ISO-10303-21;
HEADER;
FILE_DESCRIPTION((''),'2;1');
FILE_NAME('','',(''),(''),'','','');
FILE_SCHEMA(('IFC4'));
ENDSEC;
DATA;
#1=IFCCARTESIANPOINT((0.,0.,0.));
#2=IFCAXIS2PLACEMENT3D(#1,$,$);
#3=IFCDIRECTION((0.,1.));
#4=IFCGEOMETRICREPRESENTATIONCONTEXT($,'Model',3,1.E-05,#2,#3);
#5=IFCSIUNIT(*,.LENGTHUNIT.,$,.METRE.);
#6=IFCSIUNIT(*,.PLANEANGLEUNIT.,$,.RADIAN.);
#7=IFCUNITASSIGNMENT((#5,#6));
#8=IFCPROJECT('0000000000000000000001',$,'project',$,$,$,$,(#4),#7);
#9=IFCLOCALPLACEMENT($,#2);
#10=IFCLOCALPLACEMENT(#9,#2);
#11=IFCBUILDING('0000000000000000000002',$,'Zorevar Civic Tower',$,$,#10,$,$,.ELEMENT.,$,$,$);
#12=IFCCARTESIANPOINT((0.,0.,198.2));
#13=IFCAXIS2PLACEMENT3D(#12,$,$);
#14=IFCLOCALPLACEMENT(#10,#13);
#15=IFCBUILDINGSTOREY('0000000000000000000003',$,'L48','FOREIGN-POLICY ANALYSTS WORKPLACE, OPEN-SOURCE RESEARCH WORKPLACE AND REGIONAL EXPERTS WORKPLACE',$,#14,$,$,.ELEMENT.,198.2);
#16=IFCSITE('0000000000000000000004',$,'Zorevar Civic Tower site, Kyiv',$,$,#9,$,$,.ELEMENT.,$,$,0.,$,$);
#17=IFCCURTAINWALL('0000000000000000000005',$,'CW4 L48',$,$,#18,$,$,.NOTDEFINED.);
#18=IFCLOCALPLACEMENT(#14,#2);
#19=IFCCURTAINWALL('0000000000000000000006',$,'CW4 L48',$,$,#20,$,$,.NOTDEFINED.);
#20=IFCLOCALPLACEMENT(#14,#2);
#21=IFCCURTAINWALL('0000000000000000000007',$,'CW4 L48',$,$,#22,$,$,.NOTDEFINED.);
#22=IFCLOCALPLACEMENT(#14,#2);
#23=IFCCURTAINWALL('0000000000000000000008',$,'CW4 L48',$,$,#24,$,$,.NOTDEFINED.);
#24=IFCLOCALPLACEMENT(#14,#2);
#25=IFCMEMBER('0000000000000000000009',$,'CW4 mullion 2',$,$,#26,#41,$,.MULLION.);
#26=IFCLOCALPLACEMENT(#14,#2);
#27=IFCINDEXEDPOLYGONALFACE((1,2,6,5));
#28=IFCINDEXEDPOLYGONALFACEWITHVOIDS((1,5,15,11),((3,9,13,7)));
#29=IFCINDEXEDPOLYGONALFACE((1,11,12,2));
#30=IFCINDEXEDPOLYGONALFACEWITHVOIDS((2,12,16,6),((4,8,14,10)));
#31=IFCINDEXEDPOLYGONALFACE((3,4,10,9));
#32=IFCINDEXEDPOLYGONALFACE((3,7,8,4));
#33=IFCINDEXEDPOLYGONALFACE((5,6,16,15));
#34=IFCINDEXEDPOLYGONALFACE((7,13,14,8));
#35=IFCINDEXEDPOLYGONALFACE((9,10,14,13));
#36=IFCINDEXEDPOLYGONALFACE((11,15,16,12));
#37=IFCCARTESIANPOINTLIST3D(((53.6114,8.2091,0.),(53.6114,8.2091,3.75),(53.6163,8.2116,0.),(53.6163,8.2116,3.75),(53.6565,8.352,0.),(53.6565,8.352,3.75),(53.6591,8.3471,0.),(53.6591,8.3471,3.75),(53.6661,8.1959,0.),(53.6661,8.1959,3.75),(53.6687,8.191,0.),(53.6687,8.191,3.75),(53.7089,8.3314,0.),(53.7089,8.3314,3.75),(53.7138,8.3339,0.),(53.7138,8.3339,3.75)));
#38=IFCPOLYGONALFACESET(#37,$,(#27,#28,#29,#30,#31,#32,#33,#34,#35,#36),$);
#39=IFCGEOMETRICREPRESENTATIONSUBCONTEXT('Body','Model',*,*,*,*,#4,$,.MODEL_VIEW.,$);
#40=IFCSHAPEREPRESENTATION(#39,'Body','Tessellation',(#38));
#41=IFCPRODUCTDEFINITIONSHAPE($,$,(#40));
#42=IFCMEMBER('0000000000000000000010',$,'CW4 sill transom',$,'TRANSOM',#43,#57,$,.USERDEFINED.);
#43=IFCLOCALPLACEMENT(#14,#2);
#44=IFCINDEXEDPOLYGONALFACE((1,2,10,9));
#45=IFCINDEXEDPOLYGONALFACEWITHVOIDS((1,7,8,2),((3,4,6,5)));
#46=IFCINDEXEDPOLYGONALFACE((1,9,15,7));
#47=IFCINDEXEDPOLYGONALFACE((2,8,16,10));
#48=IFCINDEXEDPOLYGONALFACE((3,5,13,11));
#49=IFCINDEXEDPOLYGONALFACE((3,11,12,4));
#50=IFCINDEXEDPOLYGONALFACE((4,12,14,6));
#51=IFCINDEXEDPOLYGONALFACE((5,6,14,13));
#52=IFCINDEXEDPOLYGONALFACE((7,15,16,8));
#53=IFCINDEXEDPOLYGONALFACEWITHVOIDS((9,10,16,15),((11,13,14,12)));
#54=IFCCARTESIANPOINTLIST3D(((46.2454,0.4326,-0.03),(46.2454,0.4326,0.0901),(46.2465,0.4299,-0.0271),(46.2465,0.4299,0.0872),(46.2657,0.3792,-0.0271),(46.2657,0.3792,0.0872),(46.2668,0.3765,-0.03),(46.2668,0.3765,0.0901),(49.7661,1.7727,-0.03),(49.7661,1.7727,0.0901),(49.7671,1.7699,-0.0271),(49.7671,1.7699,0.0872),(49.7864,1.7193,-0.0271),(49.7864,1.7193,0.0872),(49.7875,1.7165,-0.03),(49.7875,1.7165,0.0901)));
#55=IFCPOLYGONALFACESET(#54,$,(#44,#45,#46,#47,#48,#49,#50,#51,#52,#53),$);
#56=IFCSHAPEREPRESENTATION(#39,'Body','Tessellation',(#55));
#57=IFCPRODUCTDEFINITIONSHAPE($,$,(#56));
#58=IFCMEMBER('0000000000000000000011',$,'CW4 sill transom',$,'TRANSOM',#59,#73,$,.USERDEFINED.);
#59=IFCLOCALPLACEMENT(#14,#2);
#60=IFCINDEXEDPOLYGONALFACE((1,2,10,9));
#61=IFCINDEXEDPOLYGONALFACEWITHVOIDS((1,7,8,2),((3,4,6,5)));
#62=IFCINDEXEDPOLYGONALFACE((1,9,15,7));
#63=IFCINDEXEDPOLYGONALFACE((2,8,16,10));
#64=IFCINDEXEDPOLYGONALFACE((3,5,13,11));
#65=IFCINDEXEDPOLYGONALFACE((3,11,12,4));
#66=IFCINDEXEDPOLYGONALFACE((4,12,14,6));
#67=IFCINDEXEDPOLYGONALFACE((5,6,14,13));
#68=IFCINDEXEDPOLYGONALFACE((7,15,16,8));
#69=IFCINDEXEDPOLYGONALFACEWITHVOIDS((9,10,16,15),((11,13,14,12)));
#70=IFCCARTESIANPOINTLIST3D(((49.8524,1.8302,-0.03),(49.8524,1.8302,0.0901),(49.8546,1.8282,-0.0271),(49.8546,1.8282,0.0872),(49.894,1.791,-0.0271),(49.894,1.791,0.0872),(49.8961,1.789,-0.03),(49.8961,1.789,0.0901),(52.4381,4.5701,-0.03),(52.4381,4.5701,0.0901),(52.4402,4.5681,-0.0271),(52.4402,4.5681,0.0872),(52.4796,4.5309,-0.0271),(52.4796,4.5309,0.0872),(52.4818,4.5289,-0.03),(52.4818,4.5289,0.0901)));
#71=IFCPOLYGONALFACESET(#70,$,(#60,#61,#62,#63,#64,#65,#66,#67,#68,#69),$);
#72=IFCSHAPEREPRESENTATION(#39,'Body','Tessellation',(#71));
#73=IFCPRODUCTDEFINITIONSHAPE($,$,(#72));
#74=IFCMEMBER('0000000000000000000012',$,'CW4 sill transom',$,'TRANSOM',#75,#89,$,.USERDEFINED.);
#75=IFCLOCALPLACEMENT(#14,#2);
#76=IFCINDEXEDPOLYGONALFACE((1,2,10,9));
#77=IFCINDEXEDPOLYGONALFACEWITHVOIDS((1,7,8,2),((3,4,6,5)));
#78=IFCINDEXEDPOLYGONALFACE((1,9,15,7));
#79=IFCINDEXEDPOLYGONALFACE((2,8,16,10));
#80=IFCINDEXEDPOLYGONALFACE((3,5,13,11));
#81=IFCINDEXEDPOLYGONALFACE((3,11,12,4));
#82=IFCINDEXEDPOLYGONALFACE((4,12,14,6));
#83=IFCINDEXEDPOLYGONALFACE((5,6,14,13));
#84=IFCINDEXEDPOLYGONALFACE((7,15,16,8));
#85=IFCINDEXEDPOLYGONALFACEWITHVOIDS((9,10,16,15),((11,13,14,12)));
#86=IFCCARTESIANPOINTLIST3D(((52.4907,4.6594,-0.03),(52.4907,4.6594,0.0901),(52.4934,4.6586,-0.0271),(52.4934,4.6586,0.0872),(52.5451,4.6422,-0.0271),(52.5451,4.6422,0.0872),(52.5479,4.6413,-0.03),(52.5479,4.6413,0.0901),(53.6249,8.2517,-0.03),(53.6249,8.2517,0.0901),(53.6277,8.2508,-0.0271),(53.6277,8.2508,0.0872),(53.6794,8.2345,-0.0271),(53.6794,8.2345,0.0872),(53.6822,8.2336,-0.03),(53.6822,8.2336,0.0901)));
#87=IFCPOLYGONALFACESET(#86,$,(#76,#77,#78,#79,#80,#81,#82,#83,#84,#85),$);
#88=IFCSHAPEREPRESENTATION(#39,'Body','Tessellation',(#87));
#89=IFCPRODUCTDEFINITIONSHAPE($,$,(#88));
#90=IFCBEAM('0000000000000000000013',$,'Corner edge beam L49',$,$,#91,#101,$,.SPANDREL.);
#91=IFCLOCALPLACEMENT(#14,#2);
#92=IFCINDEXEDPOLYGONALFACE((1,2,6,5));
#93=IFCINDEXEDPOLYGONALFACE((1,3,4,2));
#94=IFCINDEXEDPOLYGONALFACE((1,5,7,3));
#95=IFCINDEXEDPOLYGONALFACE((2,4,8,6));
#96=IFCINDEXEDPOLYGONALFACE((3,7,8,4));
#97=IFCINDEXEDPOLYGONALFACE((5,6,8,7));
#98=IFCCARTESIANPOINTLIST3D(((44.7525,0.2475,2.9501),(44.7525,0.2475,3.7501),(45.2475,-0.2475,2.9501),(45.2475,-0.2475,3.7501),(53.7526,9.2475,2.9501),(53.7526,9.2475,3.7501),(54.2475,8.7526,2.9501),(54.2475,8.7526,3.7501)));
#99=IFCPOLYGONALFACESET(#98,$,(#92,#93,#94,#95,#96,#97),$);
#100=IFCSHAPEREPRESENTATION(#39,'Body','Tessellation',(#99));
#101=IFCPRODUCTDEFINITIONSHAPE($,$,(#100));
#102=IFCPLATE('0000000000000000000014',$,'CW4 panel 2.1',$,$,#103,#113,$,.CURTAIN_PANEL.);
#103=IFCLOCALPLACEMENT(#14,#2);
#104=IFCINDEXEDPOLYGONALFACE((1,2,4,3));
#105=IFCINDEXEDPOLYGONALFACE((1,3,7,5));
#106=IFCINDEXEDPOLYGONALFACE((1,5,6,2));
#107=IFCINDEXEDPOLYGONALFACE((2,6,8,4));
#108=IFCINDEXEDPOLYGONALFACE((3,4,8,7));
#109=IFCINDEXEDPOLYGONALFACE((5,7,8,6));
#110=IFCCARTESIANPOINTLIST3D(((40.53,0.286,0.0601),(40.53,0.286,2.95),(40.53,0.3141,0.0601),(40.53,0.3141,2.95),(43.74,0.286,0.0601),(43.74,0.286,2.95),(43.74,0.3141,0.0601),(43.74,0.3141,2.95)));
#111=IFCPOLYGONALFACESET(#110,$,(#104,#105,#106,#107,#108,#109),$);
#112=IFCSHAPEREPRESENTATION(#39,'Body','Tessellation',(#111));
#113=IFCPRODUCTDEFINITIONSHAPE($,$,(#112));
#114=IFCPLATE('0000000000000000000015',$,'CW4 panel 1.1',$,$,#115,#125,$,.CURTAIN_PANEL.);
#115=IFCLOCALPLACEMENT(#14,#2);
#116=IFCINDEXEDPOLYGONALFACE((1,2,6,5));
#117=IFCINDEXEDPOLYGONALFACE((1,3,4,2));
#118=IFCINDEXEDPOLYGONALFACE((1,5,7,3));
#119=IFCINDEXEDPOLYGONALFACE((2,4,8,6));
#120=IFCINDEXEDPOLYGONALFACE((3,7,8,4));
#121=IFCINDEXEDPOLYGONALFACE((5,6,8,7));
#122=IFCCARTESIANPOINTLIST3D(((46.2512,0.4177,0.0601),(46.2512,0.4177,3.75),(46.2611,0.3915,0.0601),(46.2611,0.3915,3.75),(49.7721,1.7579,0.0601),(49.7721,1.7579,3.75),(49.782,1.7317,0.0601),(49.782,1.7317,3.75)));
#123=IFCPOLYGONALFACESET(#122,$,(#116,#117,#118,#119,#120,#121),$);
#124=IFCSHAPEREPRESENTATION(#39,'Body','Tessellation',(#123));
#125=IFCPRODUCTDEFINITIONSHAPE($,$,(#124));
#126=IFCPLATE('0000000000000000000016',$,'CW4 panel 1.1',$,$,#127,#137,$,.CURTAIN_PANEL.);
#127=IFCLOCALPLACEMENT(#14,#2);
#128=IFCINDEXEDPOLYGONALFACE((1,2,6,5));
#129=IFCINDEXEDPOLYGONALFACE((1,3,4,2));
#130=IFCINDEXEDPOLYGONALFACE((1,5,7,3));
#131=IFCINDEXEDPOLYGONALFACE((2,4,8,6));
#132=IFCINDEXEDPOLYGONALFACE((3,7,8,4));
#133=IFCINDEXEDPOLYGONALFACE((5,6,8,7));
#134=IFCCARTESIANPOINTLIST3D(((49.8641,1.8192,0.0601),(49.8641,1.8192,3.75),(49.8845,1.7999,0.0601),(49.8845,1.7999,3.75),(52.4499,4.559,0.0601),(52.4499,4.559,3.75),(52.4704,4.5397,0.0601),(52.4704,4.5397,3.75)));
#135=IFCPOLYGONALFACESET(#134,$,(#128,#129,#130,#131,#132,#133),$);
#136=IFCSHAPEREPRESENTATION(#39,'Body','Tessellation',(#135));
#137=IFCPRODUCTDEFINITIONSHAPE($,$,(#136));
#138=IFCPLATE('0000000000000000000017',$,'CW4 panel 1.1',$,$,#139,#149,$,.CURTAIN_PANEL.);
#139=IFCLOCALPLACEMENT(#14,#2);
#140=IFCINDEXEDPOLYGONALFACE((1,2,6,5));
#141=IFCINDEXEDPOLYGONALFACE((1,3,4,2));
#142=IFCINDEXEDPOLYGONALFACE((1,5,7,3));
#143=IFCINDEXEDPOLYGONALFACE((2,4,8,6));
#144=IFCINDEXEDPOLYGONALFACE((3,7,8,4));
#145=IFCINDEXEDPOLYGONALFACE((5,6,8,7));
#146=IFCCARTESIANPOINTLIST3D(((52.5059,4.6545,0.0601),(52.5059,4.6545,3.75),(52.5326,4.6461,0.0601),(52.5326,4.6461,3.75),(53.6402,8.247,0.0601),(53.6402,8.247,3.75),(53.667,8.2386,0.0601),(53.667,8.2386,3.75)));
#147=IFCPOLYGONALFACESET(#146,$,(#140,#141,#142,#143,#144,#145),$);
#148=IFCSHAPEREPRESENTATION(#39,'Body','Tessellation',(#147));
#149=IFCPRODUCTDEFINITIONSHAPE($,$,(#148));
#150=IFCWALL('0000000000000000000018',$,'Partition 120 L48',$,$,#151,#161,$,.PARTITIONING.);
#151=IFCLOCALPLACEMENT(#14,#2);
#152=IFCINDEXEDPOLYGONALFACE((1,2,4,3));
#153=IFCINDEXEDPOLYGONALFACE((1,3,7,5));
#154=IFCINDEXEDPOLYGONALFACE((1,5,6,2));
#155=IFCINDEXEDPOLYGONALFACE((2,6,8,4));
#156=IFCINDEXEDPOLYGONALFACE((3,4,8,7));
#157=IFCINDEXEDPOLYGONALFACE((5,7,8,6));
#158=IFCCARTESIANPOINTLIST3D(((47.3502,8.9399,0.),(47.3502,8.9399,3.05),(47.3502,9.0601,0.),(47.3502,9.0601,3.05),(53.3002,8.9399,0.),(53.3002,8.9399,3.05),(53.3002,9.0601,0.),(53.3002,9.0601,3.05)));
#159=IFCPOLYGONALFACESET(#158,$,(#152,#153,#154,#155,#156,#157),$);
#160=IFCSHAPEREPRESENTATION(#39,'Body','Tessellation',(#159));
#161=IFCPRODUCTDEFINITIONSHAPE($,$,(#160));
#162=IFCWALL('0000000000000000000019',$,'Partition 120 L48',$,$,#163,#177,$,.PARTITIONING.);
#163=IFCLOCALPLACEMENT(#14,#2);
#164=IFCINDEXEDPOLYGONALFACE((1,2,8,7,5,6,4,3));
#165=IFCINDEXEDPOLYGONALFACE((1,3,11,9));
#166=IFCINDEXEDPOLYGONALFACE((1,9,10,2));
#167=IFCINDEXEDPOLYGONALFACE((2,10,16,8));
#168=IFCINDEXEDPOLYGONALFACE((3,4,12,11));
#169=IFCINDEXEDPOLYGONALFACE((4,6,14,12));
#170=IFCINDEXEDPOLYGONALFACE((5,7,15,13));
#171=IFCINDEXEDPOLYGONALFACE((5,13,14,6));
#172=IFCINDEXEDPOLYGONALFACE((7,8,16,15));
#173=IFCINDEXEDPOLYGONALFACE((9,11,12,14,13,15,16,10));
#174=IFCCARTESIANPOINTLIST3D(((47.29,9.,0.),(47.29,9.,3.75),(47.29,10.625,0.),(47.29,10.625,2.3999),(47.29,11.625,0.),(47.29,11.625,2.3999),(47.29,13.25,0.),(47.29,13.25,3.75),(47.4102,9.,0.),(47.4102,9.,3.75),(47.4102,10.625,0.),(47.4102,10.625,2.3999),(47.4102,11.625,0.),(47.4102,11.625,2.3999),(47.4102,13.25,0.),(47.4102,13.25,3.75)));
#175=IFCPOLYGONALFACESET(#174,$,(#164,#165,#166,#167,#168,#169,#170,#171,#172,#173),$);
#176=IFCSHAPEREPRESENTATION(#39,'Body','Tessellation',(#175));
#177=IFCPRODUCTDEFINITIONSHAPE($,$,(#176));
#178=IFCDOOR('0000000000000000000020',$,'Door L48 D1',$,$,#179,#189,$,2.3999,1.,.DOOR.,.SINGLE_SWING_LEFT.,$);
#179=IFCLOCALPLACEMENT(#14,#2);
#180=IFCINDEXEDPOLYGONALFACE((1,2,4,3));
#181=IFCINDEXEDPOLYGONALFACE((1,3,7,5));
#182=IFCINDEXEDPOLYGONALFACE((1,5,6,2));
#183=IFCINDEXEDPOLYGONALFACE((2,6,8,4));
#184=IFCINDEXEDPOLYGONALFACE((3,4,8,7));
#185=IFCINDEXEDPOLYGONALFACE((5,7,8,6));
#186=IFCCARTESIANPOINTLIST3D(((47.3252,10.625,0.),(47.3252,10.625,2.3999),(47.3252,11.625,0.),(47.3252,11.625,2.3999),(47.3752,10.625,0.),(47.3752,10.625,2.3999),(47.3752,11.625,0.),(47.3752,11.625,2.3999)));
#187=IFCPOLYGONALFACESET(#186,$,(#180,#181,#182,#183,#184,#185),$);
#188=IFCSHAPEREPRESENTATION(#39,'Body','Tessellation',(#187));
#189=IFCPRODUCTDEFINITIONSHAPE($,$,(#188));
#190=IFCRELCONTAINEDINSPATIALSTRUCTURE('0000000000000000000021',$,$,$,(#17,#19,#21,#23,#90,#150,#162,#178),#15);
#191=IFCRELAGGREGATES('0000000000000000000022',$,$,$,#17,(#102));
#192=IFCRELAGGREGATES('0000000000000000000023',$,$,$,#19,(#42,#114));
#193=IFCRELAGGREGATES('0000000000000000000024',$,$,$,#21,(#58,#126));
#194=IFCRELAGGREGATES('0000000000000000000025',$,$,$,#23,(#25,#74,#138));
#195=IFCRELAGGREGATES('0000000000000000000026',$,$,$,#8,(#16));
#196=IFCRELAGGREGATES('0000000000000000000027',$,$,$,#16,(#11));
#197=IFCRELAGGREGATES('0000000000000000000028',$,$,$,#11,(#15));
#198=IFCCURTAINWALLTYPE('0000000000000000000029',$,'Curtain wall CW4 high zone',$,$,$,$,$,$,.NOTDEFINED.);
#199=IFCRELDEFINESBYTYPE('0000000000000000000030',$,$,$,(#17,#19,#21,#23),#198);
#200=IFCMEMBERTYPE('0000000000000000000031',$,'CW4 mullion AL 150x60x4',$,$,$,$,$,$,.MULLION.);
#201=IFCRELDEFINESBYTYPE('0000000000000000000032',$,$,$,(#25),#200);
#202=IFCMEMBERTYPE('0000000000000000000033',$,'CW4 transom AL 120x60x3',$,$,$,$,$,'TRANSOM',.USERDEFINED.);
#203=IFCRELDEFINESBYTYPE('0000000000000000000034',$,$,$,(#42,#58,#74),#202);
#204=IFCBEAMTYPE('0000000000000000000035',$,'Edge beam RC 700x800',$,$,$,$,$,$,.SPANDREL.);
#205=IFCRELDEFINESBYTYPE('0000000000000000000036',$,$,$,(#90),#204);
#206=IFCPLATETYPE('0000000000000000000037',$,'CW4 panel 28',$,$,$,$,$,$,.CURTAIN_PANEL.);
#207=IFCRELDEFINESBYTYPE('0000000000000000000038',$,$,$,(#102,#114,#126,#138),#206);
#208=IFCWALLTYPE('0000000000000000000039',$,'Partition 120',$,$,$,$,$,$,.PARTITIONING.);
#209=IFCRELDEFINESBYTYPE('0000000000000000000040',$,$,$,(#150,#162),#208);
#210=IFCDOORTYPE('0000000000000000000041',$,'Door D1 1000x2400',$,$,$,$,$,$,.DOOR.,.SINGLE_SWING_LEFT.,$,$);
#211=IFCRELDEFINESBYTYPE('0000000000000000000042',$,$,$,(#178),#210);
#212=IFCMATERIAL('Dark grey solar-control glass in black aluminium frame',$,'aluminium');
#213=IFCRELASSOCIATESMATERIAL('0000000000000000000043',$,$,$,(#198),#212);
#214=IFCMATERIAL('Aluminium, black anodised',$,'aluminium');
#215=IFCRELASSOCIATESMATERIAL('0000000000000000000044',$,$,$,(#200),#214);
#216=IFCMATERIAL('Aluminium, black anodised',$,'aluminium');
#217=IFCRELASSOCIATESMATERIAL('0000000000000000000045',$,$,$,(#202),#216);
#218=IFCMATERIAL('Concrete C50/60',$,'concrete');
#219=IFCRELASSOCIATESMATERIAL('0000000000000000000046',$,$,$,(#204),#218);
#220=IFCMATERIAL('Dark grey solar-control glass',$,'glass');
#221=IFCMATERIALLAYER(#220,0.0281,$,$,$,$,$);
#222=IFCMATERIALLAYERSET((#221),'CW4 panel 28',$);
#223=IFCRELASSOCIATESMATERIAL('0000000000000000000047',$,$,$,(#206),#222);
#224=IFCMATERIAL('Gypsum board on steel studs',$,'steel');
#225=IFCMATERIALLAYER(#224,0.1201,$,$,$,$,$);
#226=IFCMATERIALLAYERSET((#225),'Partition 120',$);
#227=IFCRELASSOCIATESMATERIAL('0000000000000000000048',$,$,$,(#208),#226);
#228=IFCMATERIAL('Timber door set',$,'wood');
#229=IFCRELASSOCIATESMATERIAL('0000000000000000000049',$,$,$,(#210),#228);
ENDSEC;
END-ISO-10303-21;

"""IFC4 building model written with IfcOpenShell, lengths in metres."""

from ifc_helpers import new_model, si_unit, direction, frame, frame_2d, origin, origin_2d, place, context, subcontext, project, spatial, rectangle, hollow_rectangle, extrude, material, layer, layer_set, material_profile, profile_set, type_object, element, fill, aggregate, save


model = new_model("IFC4")

# Units and contexts
model_context = context("Model", 3, precision=1e-05, world=origin(), true_north=direction((0.0, 1.0)))
body_context = subcontext(model_context, "Body", "Model", "MODEL_VIEW")
ifc_project = project(units=[si_unit("LENGTHUNIT", "METRE"), si_unit("PLANEANGLEUNIT", "RADIAN")], contexts=[model_context])

# Site, building, storey
site_placement = place(None, origin())
site = spatial("IfcSite", under=ifc_project, at=site_placement, Name="Zorevar Civic Tower site, Kyiv", CompositionType="ELEMENT", RefElevation=0.0)
building_placement = place(site_placement, origin())
building = spatial("IfcBuilding", under=site, at=building_placement, Name="Zorevar Civic Tower", CompositionType="ELEMENT")
storey_placement = place(building_placement, frame((0.0, 0.0, 198.2)))
storey = spatial("IfcBuildingStorey", under=building, at=storey_placement, Name="L48", Description="FOREIGN-POLICY ANALYSTS WORKPLACE, OPEN-SOURCE RESEARCH WORKPLACE AND REGIONAL EXPERTS WORKPLACE", CompositionType="ELEMENT", Elevation=198.2)

# Curtain wall
ifc_material_1 = material(Name="Dark grey solar-control glass in black aluminium frame", Category="aluminium")
curtain_wall_type = type_object("IfcCurtainWallType", Name="Curtain wall CW4 high zone", PredefinedType="NOTDEFINED", material=ifc_material_1)
curtain_wall_1_placement = place(storey_placement, origin())
curtain_wall_1 = element("IfcCurtainWall", 1, at=curtain_wall_1_placement, inside=storey, type_object=curtain_wall_type, Name="CW4 L48", PredefinedType="NOTDEFINED")
ifc_material_2 = material(Name="Aluminium, black anodised", Category="aluminium")
ifc_material_profile_1 = material_profile(ifc_material_2, hollow_rectangle(XDim=0.0601, YDim=0.1499, WallThickness=0.0039, at=origin_2d()), Name="AL 150x60x4")
ifc_profile_set_1 = profile_set([ifc_material_profile_1], Name="Aluminium, black anodised")
member_type_1 = type_object("IfcMemberType", Name="CW4 mullion AL 150x60x4", PredefinedType="MULLION", material=ifc_profile_set_1)

# Curtain walls, member
curtain_wall_2_placement = place(storey_placement, origin())
curtain_wall_2 = element("IfcCurtainWall", 2, at=curtain_wall_2_placement, inside=storey, type_object=curtain_wall_type, Name="CW4 L48", PredefinedType="NOTDEFINED")
curtain_wall_3_placement = place(storey_placement, origin())
curtain_wall_3 = element("IfcCurtainWall", 3, at=curtain_wall_3_placement, inside=storey, type_object=curtain_wall_type, Name="CW4 L48", PredefinedType="NOTDEFINED")
curtain_wall_4_placement = place(storey_placement, origin())
curtain_wall_4 = element("IfcCurtainWall", 4, at=curtain_wall_4_placement, inside=storey, type_object=curtain_wall_type, Name="CW4 L48", PredefinedType="NOTDEFINED")
member_1_placement = place(storey_placement, frame((53.6626, 8.2715, 0.0), z_axis=(0.0, 0.0, 1.0), x_axis=(-0.95359, 0.301108, 0.0)))
member_1 = element("IfcMember", 5, at=member_1_placement, type_object=member_type_1, Name="CW4 mullion 2", PredefinedType="MULLION", context=body_context, shape_type="SweptSolid", body=[
    extrude(hollow_rectangle(XDim=0.0601, YDim=0.1499, WallThickness=0.0039, at=origin_2d()), origin(), (0.0, 0.0, 1.0), 3.75),
])

# Members
ifc_material_3 = material(Name="Aluminium, black anodised", Category="aluminium")
ifc_material_profile_2 = material_profile(ifc_material_3, hollow_rectangle(XDim=0.0601, YDim=0.1201, WallThickness=0.0029, at=origin_2d()), Name="AL 120x60x3")
ifc_profile_set_2 = profile_set([ifc_material_profile_2], Name="Aluminium, black anodised")
member_type_2 = type_object("IfcMemberType", Name="CW4 transom AL 120x60x3", ElementType="TRANSOM", PredefinedType="USERDEFINED", material=ifc_profile_set_2)
member_2_placement = place(storey_placement, frame((46.2561, 0.4045, 0.03), z_axis=(0.934589, 0.355729, 0.0), x_axis=(-0.355729, 0.934589, 0.0)))
member_2 = element("IfcMember", 6, at=member_2_placement, type_object=member_type_2, Name="CW4 sill transom", ObjectType="TRANSOM", PredefinedType="USERDEFINED", context=body_context, shape_type="SweptSolid", body=[
    extrude(hollow_rectangle(XDim=0.0601, YDim=0.1201, WallThickness=0.0029, at=origin_2d()), origin(), (0.0, 0.0, 1.0), 3.7671),
])
member_3_placement = place(storey_placement, frame((49.8743, 1.8096, 0.03), z_axis=(0.686332, 0.727288, 0.0), x_axis=(-0.727288, 0.686332, 0.0)))
member_3 = element("IfcMember", 7, at=member_3_placement, type_object=member_type_2, Name="CW4 sill transom", ObjectType="TRANSOM", PredefinedType="USERDEFINED", context=body_context, shape_type="SweptSolid", body=[
    extrude(hollow_rectangle(XDim=0.0601, YDim=0.1201, WallThickness=0.0029, at=origin_2d()), origin(), (0.0, 0.0, 1.0), 3.7673),
])
member_4_placement = place(storey_placement, frame((52.5193, 4.6504, 0.03), z_axis=(0.3011, 0.953592, 0.0), x_axis=(-0.953592, 0.3011, 0.0)))
member_4 = element("IfcMember", 8, at=member_4_placement, type_object=member_type_2, Name="CW4 sill transom", ObjectType="TRANSOM", PredefinedType="USERDEFINED", context=body_context, shape_type="SweptSolid", body=[
    extrude(hollow_rectangle(XDim=0.0601, YDim=0.1201, WallThickness=0.0029, at=origin_2d()), origin(), (0.0, 0.0, 1.0), 3.7671),
])

# Beam
ifc_material_4 = material(Name="Concrete C50/60", Category="concrete")
ifc_material_profile_3 = material_profile(ifc_material_4, rectangle(XDim=0.7, YDim=0.8, at=origin_2d()), Name="RC 700x800")
ifc_profile_set_3 = profile_set([ifc_material_profile_3], Name="Concrete C50/60")
beam_type_1 = type_object("IfcBeamType", Name="Edge beam RC 700x800", PredefinedType="SPANDREL", material=ifc_profile_set_3)
beam_1_placement = place(storey_placement, frame((45.0, 0.0, 3.3501), z_axis=(0.707107, 0.707107, 0.0), x_axis=(-0.707107, 0.707107, 0.0)))
element("IfcBeam", 9, at=beam_1_placement, inside=storey, type_object=beam_type_1, Name="Corner edge beam L49", PredefinedType="SPANDREL", context=body_context, shape_type="SweptSolid", body=[
    extrude(rectangle(XDim=0.7, YDim=0.8, at=origin_2d()), origin(), (0.0, 0.0, 1.0), 12.728),
])

# Plates
ifc_material_5 = material(Name="Dark grey solar-control glass", Category="glass")
ifc_layer_1 = layer(ifc_material_5, 0.0281)
ifc_layer_set_1 = layer_set([ifc_layer_1], Name="CW4 panel 28")
plate_type = type_object("IfcPlateType", Name="CW4 panel 28", PredefinedType="CURTAIN_PANEL", material=ifc_layer_set_1)
plate_1_placement = place(storey_placement, frame((42.135, 0.3, 0.0601), z_axis=(0.0, 0.0, 1.0), x_axis=(1.0, 0.0, 0.0)))
plate_1 = element("IfcPlate", 10, at=plate_1_placement, type_object=plate_type, Name="CW4 panel 2.1", PredefinedType="CURTAIN_PANEL", context=body_context, shape_type="SweptSolid", body=[
    extrude(rectangle(XDim=3.21, YDim=0.0281, at=origin_2d()), origin(), (0.0, 0.0, 1.0), 2.8899),
])
aggregate(curtain_wall_1, [plate_1])
plate_2_placement = place(storey_placement, frame((48.0166, 1.0747, 0.0601), z_axis=(0.0, 0.0, 1.0), x_axis=(0.934588, 0.355731, 0.0)))
plate_2 = element("IfcPlate", 11, at=plate_2_placement, type_object=plate_type, Name="CW4 panel 1.1", PredefinedType="CURTAIN_PANEL", context=body_context, shape_type="SweptSolid", body=[
    extrude(rectangle(XDim=3.7673, YDim=0.0281, at=origin_2d()), origin(), (0.0, 0.0, 1.0), 3.6899),
])
aggregate(curtain_wall_2, [member_2, plate_2])
plate_3_placement = place(storey_placement, frame((51.1672, 3.1794, 0.0601), z_axis=(0.0, 0.0, 1.0), x_axis=(0.686378, 0.727245, 0.0)))
plate_3 = element("IfcPlate", 12, at=plate_3_placement, type_object=plate_type, Name="CW4 panel 1.1", PredefinedType="CURTAIN_PANEL", context=body_context, shape_type="SweptSolid", body=[
    extrude(rectangle(XDim=3.7673, YDim=0.0281, at=origin_2d()), origin(), (0.0, 0.0, 1.0), 3.6899),
])
aggregate(curtain_wall_3, [member_3, plate_3])
plate_4_placement = place(storey_placement, frame((53.0864, 6.4465, 0.0601), z_axis=(0.0, 0.0, 1.0), x_axis=(0.301108, 0.95359, 0.0)))
plate_4 = element("IfcPlate", 13, at=plate_4_placement, type_object=plate_type, Name="CW4 panel 1.1", PredefinedType="CURTAIN_PANEL", context=body_context, shape_type="SweptSolid", body=[
    extrude(rectangle(XDim=3.7673, YDim=0.0281, at=origin_2d()), origin(), (0.0, 0.0, 1.0), 3.6899),
])
aggregate(curtain_wall_4, [member_1, member_4, plate_4])

# Wall
ifc_material_6 = material(Name="Gypsum board on steel studs", Category="steel")
ifc_layer_2 = layer(ifc_material_6, 0.1201)
ifc_layer_set_2 = layer_set([ifc_layer_2], Name="Partition 120")
wall_type = type_object("IfcWallType", Name="Partition 120", PredefinedType="PARTITIONING", material=ifc_layer_set_2)
wall_1_placement = place(storey_placement, frame((47.3501, 9.0, 0.0), z_axis=(0.0, 0.0, 1.0), x_axis=(1.0, 0.0, 0.0)))
element("IfcWall", 14, at=wall_1_placement, inside=storey, type_object=wall_type, Name="Partition 120 L48", PredefinedType="PARTITIONING", context=body_context, shape_type="SweptSolid", body=[
    extrude(rectangle(XDim=5.95, YDim=0.1201, at=frame_2d((2.9751, 0.0))), origin(), (0.0, 0.0, 1.0), 3.05),
])

# Wall, opening, door
wall_2_placement = place(storey_placement, frame((47.3501, 9.0, 0.0), z_axis=(0.0, 0.0, 1.0), x_axis=(0.0, 1.0, 0.0)))
wall_2 = element("IfcWall", 15, at=wall_2_placement, inside=storey, type_object=wall_type, Name="Partition 120 L48", PredefinedType="PARTITIONING", context=body_context, shape_type="SweptSolid", body=[
    extrude(rectangle(XDim=4.25, YDim=0.1201, at=frame_2d((2.125, 0.0))), origin(), (0.0, 0.0, 1.0), 3.75),
])
opening_placement = place(wall_2_placement, frame((1.625, 0.0, 0.0)))
opening = element("IfcOpeningElement", 16, at=opening_placement, cuts=wall_2, PredefinedType="OPENING", context=body_context, shape_type="SweptSolid", body=[
    extrude(rectangle(XDim=1.0, YDim=2.3999, at=frame_2d((0.5, 1.2))), frame((0.0, 0.0701, 0.0), z_axis=(0.0, -1.0, 0.0), x_axis=(1.0, 0.0, 0.0)), (0.0, 0.0, 1.0), 0.1401),
])
ifc_material_7 = material(Name="Timber door set", Category="wood")
door_type = type_object("IfcDoorType", Name="Door D1 1000x2400", OperationType="SINGLE_SWING_LEFT", PredefinedType="DOOR", material=ifc_material_7)
door_placement = place(opening_placement, origin())
door = element("IfcDoor", 17, at=door_placement, inside=storey, type_object=door_type, Name="Door L48 D1", OperationType="SINGLE_SWING_LEFT", OverallHeight=2.3999, OverallWidth=1.0, PredefinedType="DOOR", context=body_context, shape_type="SweptSolid", body=[
    extrude(rectangle(XDim=1.0, YDim=2.3999, at=frame_2d((0.5, 1.2))), frame((0.0, 0.0249, 0.0), z_axis=(0.0, -1.0, 0.0), x_axis=(1.0, 0.0, 0.0)), (0.0, 0.0, 1.0), 0.05),
])
fill(opening, door)

save(model, "model.ifc")
